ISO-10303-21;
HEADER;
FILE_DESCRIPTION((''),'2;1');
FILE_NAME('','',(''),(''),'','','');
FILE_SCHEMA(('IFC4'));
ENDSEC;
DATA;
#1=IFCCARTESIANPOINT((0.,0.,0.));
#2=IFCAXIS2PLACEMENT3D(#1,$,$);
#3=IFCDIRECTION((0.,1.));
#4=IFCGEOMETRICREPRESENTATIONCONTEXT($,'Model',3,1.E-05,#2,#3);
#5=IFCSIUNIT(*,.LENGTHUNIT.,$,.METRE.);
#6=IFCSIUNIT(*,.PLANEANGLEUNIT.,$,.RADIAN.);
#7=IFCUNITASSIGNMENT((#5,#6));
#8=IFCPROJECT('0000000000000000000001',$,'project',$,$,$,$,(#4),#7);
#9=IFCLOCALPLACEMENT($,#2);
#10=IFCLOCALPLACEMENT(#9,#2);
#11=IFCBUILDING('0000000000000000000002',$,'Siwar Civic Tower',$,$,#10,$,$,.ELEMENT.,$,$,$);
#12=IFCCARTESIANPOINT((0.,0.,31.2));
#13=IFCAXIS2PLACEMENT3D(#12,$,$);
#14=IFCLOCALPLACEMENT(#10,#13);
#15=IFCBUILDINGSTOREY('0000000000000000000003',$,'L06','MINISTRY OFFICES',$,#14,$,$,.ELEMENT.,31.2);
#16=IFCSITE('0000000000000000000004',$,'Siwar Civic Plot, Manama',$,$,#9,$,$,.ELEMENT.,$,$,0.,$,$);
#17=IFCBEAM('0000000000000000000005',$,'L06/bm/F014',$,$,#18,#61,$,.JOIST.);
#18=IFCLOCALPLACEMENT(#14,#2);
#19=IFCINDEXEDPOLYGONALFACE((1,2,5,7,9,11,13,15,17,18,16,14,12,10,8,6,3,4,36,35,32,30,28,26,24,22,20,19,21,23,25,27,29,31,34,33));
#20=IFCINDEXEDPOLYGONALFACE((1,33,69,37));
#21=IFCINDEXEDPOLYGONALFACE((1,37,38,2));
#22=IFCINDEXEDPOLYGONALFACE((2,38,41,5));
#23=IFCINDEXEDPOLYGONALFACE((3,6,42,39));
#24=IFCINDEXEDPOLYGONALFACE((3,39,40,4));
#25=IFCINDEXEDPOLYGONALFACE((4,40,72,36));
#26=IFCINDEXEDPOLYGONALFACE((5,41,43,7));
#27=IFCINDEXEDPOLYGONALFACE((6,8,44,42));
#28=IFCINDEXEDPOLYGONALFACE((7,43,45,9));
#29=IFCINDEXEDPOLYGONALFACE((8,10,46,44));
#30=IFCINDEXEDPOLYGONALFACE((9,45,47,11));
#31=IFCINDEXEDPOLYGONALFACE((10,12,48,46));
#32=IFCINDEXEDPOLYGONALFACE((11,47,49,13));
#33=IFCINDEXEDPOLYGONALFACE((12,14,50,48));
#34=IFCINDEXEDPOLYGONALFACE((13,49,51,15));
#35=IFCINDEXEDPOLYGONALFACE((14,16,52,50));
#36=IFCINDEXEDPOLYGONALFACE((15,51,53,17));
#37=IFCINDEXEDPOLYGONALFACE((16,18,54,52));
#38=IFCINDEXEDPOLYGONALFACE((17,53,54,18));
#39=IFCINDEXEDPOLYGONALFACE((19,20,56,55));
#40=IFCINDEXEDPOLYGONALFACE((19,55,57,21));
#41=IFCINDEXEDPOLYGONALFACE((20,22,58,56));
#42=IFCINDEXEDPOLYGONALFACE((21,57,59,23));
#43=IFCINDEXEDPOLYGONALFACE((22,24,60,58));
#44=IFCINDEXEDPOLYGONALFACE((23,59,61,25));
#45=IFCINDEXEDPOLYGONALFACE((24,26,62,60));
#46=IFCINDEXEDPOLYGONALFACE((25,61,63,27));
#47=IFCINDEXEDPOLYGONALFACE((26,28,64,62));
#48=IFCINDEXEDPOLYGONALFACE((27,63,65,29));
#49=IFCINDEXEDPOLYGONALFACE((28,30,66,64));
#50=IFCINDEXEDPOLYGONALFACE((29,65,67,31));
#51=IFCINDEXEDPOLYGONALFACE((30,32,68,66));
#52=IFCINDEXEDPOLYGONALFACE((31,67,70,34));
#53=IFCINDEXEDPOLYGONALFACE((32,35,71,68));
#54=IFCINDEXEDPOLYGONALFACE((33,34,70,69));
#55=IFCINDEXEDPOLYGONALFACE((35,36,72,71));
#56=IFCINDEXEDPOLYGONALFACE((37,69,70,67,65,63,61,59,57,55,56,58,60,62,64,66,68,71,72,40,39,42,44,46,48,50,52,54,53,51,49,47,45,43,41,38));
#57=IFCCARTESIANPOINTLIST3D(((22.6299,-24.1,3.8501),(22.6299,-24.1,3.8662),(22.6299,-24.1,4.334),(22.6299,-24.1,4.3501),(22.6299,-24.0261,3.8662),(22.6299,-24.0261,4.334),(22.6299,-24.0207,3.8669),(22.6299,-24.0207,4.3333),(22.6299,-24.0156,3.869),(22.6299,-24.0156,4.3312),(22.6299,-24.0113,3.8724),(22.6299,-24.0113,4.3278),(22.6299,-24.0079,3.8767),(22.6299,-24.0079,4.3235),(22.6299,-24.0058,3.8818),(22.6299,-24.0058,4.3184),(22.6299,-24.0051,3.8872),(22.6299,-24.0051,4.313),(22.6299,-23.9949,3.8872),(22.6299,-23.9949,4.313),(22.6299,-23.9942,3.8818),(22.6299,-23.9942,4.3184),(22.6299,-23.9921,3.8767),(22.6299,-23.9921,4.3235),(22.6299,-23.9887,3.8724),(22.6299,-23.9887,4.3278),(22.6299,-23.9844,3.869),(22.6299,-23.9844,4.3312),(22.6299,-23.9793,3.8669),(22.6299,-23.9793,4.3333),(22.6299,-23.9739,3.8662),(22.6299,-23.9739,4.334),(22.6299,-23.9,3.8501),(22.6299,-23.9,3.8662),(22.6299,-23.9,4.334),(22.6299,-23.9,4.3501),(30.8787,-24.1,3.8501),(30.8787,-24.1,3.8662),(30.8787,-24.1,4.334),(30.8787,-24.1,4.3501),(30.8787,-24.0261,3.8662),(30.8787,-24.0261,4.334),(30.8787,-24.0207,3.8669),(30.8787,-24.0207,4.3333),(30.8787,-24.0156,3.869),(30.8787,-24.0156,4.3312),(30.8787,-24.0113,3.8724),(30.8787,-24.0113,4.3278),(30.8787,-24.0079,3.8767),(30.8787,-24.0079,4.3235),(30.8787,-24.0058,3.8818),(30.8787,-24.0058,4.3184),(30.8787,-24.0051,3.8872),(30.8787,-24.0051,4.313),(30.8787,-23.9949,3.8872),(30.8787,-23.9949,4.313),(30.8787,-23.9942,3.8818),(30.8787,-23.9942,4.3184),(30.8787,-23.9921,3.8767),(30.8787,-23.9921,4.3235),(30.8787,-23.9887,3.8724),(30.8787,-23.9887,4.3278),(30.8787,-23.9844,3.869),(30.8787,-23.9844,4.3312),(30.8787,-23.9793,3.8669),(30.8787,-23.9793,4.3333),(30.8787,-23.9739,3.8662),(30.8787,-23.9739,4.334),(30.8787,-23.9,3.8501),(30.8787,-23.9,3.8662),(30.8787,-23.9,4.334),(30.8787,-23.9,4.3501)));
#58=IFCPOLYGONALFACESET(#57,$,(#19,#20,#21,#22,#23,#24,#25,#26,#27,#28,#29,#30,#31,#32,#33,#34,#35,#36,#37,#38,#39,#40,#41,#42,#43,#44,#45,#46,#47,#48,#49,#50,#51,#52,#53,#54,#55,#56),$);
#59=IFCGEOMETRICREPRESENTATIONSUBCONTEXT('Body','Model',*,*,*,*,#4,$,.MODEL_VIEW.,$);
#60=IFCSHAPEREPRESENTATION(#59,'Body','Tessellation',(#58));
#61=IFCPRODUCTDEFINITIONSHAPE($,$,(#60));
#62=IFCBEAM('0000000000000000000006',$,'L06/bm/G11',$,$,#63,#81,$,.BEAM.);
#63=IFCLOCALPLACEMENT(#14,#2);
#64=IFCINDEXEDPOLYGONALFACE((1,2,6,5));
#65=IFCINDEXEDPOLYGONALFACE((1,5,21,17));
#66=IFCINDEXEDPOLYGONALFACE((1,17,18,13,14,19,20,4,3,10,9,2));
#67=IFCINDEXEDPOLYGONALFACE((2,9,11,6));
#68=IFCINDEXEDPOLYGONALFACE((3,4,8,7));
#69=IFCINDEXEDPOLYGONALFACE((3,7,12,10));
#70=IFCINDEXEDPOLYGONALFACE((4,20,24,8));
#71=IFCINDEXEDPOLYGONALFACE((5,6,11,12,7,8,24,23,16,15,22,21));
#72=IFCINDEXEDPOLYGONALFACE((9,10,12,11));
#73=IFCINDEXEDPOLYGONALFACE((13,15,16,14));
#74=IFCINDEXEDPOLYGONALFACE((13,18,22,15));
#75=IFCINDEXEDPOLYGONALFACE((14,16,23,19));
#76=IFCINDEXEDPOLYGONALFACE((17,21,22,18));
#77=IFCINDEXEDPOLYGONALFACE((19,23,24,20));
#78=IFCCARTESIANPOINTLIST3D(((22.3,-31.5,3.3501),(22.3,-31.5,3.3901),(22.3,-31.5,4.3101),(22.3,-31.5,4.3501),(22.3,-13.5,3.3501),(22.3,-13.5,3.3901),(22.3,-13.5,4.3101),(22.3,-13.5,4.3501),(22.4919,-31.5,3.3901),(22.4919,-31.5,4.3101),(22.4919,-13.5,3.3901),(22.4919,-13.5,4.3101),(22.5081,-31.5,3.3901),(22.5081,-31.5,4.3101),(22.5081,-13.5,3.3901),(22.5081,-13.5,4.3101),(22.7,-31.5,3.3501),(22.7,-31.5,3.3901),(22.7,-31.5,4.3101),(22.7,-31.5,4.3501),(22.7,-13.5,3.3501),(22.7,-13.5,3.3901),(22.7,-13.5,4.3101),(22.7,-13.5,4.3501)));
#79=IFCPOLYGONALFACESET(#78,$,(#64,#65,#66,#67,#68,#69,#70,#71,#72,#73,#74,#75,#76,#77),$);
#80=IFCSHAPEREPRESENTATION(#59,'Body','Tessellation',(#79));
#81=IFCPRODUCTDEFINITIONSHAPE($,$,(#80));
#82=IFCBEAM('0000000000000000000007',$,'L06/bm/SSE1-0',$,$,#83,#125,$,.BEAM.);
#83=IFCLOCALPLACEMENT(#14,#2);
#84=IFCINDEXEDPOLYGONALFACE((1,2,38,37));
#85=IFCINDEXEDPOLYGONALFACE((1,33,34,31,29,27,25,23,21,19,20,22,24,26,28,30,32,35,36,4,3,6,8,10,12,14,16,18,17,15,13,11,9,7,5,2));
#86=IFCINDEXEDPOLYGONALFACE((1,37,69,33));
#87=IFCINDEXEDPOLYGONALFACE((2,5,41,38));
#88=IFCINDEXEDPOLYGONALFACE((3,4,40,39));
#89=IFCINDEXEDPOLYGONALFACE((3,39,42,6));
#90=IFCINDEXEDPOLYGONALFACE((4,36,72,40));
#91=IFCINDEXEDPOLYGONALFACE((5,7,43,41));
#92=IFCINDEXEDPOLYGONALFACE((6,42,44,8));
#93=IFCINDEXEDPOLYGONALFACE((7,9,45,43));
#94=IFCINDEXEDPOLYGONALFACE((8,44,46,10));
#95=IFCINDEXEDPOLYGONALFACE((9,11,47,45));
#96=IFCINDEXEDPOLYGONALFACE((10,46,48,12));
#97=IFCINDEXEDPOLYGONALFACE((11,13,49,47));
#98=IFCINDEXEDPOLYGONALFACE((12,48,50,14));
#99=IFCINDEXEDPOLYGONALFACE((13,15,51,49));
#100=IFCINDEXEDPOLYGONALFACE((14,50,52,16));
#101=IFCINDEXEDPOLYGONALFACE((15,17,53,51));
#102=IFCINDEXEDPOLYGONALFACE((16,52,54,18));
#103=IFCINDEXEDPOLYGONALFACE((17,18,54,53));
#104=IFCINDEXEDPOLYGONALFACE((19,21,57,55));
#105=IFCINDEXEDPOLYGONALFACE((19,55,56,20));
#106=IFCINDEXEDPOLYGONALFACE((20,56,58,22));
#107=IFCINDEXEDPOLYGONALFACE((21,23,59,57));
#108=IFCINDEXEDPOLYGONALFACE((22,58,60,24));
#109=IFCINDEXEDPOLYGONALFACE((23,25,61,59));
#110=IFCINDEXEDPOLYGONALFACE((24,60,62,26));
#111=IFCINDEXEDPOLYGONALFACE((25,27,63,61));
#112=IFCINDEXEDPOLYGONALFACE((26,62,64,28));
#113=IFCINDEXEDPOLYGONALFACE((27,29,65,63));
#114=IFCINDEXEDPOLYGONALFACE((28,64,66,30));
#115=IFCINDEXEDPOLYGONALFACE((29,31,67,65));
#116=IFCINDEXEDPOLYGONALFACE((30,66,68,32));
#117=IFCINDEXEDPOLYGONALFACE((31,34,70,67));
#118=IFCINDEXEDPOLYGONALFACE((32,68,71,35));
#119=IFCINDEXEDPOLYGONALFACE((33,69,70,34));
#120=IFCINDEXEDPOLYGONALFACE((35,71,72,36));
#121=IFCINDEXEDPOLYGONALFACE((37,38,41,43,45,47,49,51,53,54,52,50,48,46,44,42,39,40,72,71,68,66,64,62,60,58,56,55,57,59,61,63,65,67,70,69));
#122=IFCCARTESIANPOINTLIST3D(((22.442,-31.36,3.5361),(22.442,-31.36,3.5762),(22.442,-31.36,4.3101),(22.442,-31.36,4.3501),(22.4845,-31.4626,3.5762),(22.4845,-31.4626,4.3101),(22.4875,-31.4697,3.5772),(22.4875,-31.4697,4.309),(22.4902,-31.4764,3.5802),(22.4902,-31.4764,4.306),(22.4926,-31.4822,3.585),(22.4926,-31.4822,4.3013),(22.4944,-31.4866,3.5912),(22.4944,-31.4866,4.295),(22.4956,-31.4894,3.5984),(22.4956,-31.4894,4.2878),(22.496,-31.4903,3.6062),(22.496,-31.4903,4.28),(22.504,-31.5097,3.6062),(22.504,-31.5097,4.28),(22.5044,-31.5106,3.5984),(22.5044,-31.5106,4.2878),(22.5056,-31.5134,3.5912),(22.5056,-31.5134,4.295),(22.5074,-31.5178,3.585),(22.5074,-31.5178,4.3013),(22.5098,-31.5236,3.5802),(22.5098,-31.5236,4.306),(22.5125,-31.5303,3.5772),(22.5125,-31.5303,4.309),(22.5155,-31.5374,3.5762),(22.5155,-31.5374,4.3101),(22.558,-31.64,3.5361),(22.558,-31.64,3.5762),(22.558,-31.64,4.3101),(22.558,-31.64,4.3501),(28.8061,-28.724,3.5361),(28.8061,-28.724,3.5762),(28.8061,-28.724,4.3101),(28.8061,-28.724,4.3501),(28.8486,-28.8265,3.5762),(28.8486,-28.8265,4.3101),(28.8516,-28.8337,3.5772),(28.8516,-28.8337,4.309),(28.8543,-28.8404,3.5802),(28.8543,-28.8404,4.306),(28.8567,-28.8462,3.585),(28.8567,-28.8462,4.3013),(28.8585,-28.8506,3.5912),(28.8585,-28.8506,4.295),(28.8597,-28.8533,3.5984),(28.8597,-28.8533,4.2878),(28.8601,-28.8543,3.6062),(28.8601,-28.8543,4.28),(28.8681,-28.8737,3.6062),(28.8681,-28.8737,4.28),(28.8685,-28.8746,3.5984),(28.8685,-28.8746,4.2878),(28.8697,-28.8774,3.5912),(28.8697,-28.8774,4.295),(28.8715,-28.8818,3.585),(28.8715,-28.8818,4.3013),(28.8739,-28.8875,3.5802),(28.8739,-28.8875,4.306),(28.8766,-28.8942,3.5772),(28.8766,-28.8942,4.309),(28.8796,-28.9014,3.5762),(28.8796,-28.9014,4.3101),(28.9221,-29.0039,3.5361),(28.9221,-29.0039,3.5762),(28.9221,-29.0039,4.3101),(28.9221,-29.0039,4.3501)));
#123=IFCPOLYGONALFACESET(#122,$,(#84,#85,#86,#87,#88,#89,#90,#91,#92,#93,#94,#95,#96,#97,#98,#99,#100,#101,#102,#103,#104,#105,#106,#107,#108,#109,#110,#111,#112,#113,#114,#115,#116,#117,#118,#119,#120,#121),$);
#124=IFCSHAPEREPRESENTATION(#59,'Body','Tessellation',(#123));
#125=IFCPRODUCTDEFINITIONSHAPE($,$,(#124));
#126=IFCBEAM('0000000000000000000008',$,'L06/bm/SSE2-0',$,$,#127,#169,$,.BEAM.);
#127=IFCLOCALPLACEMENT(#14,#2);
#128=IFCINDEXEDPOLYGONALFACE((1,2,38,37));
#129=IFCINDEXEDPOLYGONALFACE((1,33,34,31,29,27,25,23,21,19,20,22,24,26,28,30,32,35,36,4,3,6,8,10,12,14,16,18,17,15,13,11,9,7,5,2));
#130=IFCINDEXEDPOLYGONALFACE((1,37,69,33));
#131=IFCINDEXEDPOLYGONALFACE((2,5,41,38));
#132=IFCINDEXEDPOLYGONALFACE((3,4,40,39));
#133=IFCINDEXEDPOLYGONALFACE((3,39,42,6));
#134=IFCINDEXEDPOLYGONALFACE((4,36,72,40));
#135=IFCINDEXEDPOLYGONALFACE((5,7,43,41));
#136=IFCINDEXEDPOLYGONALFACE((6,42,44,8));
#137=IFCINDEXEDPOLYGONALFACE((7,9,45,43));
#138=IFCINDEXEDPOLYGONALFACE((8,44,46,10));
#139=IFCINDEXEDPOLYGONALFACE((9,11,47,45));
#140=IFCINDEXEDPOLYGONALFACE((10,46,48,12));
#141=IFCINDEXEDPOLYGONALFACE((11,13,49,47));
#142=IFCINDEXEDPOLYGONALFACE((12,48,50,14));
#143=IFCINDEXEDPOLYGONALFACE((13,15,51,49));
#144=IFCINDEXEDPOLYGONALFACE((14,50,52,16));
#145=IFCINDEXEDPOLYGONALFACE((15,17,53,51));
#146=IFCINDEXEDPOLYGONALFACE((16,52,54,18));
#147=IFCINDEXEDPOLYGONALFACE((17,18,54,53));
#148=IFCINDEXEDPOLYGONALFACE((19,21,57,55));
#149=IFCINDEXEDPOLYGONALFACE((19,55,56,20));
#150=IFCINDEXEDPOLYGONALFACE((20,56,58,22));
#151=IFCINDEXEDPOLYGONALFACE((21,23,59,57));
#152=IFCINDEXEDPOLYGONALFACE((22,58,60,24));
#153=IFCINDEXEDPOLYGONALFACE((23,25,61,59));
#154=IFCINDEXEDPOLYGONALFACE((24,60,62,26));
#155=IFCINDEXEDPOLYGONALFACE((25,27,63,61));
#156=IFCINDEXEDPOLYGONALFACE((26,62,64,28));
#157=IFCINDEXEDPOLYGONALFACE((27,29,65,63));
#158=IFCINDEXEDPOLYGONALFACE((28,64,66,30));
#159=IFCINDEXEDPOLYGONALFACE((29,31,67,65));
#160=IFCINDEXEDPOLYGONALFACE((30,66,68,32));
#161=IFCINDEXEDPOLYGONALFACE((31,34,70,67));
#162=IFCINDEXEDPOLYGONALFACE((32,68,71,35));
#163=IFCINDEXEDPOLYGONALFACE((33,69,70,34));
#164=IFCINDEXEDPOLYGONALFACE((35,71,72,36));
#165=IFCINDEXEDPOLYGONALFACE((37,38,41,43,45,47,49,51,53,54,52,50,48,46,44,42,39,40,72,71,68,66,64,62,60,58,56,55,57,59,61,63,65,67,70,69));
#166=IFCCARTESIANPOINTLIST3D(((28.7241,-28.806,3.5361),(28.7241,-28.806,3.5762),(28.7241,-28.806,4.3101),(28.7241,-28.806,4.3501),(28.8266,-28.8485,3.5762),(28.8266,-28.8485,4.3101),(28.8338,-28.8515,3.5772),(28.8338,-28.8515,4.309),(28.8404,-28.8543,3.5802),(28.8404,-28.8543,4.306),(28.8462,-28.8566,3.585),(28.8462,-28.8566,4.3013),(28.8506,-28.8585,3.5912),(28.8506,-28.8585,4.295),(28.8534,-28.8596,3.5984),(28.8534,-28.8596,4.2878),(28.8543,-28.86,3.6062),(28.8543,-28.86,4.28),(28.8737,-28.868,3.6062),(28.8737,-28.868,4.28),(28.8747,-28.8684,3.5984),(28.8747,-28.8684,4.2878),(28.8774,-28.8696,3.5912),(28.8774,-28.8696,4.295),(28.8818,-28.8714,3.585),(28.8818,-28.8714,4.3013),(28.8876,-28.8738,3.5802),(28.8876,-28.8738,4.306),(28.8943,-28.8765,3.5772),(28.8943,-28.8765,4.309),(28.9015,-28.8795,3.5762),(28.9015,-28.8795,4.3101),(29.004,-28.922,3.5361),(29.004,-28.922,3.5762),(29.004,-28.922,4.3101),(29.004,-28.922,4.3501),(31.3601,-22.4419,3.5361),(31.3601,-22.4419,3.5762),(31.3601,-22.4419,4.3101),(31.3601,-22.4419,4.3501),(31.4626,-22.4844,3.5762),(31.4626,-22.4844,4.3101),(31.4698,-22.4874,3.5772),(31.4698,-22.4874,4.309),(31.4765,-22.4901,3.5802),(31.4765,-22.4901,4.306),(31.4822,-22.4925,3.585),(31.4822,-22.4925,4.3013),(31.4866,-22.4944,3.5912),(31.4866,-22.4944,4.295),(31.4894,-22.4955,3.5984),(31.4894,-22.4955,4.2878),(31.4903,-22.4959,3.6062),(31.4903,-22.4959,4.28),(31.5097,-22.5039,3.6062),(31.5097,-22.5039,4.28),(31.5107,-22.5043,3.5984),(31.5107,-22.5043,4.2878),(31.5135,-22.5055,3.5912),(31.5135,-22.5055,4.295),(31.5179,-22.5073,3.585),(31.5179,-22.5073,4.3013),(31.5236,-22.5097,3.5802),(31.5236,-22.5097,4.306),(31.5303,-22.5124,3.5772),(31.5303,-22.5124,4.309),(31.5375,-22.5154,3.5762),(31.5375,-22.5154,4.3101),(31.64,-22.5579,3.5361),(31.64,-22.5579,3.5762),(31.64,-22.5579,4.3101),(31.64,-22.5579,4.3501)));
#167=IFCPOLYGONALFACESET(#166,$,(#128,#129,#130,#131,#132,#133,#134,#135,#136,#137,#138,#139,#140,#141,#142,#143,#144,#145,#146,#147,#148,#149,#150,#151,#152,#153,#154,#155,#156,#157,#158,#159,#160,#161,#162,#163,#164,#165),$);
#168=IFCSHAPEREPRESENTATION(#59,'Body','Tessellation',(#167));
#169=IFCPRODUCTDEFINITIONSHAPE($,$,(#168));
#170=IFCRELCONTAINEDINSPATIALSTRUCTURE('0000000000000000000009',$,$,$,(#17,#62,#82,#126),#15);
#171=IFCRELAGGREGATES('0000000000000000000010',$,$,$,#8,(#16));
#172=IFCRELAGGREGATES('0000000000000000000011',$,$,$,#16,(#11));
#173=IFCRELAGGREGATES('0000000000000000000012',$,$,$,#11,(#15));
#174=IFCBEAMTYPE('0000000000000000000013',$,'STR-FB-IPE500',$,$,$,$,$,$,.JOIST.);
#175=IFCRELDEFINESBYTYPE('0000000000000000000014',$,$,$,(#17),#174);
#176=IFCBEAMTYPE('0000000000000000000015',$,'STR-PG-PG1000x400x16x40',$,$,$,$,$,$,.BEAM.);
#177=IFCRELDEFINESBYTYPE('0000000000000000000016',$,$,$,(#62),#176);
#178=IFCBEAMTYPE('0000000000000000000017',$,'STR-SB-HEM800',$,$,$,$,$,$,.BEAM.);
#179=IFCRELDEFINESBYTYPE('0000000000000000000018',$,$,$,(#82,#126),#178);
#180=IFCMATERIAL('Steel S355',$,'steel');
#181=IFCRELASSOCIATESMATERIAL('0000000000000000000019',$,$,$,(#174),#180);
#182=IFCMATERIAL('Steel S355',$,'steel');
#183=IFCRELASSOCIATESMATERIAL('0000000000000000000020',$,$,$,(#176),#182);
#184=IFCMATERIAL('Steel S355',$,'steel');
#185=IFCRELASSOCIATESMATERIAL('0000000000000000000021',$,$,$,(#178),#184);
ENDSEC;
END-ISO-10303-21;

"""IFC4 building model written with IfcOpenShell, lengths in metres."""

from ifc_helpers import new_model, si_unit, direction, frame, origin, origin_2d, place, context, subcontext, project, spatial, i_section, extrude, material, material_profile, profile_set, type_object, element, save


model = new_model("IFC4")

# Units and contexts
model_context = context("Model", 3, precision=1e-05, world=origin(), true_north=direction((0.0, 1.0)))
body_context = subcontext(model_context, "Body", "Model", "MODEL_VIEW")
ifc_project = project(units=[si_unit("LENGTHUNIT", "METRE"), si_unit("PLANEANGLEUNIT", "RADIAN")], contexts=[model_context])

# Site, building, storey
site_placement = place(None, origin())
site = spatial("IfcSite", under=ifc_project, at=site_placement, Name="Siwar Civic Plot, Manama", CompositionType="ELEMENT", RefElevation=0.0)
building_placement = place(site_placement, origin())
building = spatial("IfcBuilding", under=site, at=building_placement, Name="Siwar Civic Tower", CompositionType="ELEMENT")
storey_placement = place(building_placement, frame((0.0, 0.0, 31.2)))
storey = spatial("IfcBuildingStorey", under=building, at=storey_placement, Name="L06", Description="MINISTRY OFFICES", CompositionType="ELEMENT", Elevation=31.2)

# Beams
ifc_material_1 = material(Name="Steel S355", Category="steel")
ifc_material_profile_1 = material_profile(ifc_material_1, i_section(OverallWidth=0.2, OverallDepth=0.5, WebThickness=0.0103, FlangeThickness=0.0161, FilletRadius=0.021, at=origin_2d()), Name="IPE500")
ifc_profile_set_1 = profile_set([ifc_material_profile_1], Name="Steel S355")
beam_type_1 = type_object("IfcBeamType", Name="STR-FB-IPE500", PredefinedType="JOIST", material=ifc_profile_set_1)
beam_1_placement = place(storey_placement, frame((22.6299, -24.0, 4.1001), z_axis=(1.0, 0.0, 0.0), x_axis=(0.0, 1.0, 0.0)))
element("IfcBeam", 1, at=beam_1_placement, inside=storey, type_object=beam_type_1, Name="L06/bm/F014", PredefinedType="JOIST", context=body_context, shape_type="SweptSolid", body=[
    extrude(i_section(OverallWidth=0.2, OverallDepth=0.5, WebThickness=0.0103, FlangeThickness=0.0161, FilletRadius=0.021, at=origin_2d()), origin(), (0.0, 0.0, 1.0), 8.2488),
])
ifc_material_2 = material(Name="Steel S355", Category="steel")
ifc_material_profile_2 = material_profile(ifc_material_2, i_section(OverallWidth=0.3999, OverallDepth=1.0, WebThickness=0.0161, FlangeThickness=0.04, at=origin_2d()), Name="PG1000x400x16x40")
ifc_profile_set_2 = profile_set([ifc_material_profile_2], Name="Steel S355")
beam_type_2 = type_object("IfcBeamType", Name="STR-PG-PG1000x400x16x40", PredefinedType="BEAM", material=ifc_profile_set_2)
beam_2_placement = place(storey_placement, frame((22.5, -31.5, 3.8501), z_axis=(0.0, 1.0, 0.0), x_axis=(-1.0, 0.0, 0.0)))
element("IfcBeam", 2, at=beam_2_placement, inside=storey, type_object=beam_type_2, Name="L06/bm/G11", PredefinedType="BEAM", context=body_context, shape_type="SweptSolid", body=[
    extrude(i_section(OverallWidth=0.3999, OverallDepth=1.0, WebThickness=0.0161, FlangeThickness=0.04, at=origin_2d()), origin(), (0.0, 0.0, 1.0), 18.0),
])
ifc_material_3 = material(Name="Steel S355", Category="steel")
ifc_material_profile_3 = material_profile(ifc_material_3, i_section(OverallWidth=0.303, OverallDepth=0.814, WebThickness=0.021, FlangeThickness=0.04, FilletRadius=0.03, at=origin_2d()), Name="HEM800")
ifc_profile_set_3 = profile_set([ifc_material_profile_3], Name="Steel S355")
beam_type_3 = type_object("IfcBeamType", Name="STR-SB-HEM800", PredefinedType="BEAM", material=ifc_profile_set_3)
for number, where, z_axis, x_axis, name in (
    (3, (22.5, -31.5, 3.9431), (0.923883, 0.382674, 0.0), (-0.382674, 0.923883, 0.0), "L06/bm/SSE1-0"),
    (4, (28.864, -28.864, 3.9431), (0.382674, 0.923883, 0.0), (-0.923883, 0.382674, 0.0), "L06/bm/SSE2-0"),
):
    element("IfcBeam", number, at=place(storey_placement, frame(where, z_axis=z_axis, x_axis=x_axis)), inside=storey, type_object=beam_type_3, Name=name, PredefinedType="BEAM", context=body_context, shape_type="SweptSolid", body=[
        extrude(i_section(OverallWidth=0.303, OverallDepth=0.814, WebThickness=0.021, FlangeThickness=0.04, FilletRadius=0.03, at=origin_2d()), origin(), (0.0, 0.0, 1.0), 6.8884),
    ])

save(model, "model.ifc")
